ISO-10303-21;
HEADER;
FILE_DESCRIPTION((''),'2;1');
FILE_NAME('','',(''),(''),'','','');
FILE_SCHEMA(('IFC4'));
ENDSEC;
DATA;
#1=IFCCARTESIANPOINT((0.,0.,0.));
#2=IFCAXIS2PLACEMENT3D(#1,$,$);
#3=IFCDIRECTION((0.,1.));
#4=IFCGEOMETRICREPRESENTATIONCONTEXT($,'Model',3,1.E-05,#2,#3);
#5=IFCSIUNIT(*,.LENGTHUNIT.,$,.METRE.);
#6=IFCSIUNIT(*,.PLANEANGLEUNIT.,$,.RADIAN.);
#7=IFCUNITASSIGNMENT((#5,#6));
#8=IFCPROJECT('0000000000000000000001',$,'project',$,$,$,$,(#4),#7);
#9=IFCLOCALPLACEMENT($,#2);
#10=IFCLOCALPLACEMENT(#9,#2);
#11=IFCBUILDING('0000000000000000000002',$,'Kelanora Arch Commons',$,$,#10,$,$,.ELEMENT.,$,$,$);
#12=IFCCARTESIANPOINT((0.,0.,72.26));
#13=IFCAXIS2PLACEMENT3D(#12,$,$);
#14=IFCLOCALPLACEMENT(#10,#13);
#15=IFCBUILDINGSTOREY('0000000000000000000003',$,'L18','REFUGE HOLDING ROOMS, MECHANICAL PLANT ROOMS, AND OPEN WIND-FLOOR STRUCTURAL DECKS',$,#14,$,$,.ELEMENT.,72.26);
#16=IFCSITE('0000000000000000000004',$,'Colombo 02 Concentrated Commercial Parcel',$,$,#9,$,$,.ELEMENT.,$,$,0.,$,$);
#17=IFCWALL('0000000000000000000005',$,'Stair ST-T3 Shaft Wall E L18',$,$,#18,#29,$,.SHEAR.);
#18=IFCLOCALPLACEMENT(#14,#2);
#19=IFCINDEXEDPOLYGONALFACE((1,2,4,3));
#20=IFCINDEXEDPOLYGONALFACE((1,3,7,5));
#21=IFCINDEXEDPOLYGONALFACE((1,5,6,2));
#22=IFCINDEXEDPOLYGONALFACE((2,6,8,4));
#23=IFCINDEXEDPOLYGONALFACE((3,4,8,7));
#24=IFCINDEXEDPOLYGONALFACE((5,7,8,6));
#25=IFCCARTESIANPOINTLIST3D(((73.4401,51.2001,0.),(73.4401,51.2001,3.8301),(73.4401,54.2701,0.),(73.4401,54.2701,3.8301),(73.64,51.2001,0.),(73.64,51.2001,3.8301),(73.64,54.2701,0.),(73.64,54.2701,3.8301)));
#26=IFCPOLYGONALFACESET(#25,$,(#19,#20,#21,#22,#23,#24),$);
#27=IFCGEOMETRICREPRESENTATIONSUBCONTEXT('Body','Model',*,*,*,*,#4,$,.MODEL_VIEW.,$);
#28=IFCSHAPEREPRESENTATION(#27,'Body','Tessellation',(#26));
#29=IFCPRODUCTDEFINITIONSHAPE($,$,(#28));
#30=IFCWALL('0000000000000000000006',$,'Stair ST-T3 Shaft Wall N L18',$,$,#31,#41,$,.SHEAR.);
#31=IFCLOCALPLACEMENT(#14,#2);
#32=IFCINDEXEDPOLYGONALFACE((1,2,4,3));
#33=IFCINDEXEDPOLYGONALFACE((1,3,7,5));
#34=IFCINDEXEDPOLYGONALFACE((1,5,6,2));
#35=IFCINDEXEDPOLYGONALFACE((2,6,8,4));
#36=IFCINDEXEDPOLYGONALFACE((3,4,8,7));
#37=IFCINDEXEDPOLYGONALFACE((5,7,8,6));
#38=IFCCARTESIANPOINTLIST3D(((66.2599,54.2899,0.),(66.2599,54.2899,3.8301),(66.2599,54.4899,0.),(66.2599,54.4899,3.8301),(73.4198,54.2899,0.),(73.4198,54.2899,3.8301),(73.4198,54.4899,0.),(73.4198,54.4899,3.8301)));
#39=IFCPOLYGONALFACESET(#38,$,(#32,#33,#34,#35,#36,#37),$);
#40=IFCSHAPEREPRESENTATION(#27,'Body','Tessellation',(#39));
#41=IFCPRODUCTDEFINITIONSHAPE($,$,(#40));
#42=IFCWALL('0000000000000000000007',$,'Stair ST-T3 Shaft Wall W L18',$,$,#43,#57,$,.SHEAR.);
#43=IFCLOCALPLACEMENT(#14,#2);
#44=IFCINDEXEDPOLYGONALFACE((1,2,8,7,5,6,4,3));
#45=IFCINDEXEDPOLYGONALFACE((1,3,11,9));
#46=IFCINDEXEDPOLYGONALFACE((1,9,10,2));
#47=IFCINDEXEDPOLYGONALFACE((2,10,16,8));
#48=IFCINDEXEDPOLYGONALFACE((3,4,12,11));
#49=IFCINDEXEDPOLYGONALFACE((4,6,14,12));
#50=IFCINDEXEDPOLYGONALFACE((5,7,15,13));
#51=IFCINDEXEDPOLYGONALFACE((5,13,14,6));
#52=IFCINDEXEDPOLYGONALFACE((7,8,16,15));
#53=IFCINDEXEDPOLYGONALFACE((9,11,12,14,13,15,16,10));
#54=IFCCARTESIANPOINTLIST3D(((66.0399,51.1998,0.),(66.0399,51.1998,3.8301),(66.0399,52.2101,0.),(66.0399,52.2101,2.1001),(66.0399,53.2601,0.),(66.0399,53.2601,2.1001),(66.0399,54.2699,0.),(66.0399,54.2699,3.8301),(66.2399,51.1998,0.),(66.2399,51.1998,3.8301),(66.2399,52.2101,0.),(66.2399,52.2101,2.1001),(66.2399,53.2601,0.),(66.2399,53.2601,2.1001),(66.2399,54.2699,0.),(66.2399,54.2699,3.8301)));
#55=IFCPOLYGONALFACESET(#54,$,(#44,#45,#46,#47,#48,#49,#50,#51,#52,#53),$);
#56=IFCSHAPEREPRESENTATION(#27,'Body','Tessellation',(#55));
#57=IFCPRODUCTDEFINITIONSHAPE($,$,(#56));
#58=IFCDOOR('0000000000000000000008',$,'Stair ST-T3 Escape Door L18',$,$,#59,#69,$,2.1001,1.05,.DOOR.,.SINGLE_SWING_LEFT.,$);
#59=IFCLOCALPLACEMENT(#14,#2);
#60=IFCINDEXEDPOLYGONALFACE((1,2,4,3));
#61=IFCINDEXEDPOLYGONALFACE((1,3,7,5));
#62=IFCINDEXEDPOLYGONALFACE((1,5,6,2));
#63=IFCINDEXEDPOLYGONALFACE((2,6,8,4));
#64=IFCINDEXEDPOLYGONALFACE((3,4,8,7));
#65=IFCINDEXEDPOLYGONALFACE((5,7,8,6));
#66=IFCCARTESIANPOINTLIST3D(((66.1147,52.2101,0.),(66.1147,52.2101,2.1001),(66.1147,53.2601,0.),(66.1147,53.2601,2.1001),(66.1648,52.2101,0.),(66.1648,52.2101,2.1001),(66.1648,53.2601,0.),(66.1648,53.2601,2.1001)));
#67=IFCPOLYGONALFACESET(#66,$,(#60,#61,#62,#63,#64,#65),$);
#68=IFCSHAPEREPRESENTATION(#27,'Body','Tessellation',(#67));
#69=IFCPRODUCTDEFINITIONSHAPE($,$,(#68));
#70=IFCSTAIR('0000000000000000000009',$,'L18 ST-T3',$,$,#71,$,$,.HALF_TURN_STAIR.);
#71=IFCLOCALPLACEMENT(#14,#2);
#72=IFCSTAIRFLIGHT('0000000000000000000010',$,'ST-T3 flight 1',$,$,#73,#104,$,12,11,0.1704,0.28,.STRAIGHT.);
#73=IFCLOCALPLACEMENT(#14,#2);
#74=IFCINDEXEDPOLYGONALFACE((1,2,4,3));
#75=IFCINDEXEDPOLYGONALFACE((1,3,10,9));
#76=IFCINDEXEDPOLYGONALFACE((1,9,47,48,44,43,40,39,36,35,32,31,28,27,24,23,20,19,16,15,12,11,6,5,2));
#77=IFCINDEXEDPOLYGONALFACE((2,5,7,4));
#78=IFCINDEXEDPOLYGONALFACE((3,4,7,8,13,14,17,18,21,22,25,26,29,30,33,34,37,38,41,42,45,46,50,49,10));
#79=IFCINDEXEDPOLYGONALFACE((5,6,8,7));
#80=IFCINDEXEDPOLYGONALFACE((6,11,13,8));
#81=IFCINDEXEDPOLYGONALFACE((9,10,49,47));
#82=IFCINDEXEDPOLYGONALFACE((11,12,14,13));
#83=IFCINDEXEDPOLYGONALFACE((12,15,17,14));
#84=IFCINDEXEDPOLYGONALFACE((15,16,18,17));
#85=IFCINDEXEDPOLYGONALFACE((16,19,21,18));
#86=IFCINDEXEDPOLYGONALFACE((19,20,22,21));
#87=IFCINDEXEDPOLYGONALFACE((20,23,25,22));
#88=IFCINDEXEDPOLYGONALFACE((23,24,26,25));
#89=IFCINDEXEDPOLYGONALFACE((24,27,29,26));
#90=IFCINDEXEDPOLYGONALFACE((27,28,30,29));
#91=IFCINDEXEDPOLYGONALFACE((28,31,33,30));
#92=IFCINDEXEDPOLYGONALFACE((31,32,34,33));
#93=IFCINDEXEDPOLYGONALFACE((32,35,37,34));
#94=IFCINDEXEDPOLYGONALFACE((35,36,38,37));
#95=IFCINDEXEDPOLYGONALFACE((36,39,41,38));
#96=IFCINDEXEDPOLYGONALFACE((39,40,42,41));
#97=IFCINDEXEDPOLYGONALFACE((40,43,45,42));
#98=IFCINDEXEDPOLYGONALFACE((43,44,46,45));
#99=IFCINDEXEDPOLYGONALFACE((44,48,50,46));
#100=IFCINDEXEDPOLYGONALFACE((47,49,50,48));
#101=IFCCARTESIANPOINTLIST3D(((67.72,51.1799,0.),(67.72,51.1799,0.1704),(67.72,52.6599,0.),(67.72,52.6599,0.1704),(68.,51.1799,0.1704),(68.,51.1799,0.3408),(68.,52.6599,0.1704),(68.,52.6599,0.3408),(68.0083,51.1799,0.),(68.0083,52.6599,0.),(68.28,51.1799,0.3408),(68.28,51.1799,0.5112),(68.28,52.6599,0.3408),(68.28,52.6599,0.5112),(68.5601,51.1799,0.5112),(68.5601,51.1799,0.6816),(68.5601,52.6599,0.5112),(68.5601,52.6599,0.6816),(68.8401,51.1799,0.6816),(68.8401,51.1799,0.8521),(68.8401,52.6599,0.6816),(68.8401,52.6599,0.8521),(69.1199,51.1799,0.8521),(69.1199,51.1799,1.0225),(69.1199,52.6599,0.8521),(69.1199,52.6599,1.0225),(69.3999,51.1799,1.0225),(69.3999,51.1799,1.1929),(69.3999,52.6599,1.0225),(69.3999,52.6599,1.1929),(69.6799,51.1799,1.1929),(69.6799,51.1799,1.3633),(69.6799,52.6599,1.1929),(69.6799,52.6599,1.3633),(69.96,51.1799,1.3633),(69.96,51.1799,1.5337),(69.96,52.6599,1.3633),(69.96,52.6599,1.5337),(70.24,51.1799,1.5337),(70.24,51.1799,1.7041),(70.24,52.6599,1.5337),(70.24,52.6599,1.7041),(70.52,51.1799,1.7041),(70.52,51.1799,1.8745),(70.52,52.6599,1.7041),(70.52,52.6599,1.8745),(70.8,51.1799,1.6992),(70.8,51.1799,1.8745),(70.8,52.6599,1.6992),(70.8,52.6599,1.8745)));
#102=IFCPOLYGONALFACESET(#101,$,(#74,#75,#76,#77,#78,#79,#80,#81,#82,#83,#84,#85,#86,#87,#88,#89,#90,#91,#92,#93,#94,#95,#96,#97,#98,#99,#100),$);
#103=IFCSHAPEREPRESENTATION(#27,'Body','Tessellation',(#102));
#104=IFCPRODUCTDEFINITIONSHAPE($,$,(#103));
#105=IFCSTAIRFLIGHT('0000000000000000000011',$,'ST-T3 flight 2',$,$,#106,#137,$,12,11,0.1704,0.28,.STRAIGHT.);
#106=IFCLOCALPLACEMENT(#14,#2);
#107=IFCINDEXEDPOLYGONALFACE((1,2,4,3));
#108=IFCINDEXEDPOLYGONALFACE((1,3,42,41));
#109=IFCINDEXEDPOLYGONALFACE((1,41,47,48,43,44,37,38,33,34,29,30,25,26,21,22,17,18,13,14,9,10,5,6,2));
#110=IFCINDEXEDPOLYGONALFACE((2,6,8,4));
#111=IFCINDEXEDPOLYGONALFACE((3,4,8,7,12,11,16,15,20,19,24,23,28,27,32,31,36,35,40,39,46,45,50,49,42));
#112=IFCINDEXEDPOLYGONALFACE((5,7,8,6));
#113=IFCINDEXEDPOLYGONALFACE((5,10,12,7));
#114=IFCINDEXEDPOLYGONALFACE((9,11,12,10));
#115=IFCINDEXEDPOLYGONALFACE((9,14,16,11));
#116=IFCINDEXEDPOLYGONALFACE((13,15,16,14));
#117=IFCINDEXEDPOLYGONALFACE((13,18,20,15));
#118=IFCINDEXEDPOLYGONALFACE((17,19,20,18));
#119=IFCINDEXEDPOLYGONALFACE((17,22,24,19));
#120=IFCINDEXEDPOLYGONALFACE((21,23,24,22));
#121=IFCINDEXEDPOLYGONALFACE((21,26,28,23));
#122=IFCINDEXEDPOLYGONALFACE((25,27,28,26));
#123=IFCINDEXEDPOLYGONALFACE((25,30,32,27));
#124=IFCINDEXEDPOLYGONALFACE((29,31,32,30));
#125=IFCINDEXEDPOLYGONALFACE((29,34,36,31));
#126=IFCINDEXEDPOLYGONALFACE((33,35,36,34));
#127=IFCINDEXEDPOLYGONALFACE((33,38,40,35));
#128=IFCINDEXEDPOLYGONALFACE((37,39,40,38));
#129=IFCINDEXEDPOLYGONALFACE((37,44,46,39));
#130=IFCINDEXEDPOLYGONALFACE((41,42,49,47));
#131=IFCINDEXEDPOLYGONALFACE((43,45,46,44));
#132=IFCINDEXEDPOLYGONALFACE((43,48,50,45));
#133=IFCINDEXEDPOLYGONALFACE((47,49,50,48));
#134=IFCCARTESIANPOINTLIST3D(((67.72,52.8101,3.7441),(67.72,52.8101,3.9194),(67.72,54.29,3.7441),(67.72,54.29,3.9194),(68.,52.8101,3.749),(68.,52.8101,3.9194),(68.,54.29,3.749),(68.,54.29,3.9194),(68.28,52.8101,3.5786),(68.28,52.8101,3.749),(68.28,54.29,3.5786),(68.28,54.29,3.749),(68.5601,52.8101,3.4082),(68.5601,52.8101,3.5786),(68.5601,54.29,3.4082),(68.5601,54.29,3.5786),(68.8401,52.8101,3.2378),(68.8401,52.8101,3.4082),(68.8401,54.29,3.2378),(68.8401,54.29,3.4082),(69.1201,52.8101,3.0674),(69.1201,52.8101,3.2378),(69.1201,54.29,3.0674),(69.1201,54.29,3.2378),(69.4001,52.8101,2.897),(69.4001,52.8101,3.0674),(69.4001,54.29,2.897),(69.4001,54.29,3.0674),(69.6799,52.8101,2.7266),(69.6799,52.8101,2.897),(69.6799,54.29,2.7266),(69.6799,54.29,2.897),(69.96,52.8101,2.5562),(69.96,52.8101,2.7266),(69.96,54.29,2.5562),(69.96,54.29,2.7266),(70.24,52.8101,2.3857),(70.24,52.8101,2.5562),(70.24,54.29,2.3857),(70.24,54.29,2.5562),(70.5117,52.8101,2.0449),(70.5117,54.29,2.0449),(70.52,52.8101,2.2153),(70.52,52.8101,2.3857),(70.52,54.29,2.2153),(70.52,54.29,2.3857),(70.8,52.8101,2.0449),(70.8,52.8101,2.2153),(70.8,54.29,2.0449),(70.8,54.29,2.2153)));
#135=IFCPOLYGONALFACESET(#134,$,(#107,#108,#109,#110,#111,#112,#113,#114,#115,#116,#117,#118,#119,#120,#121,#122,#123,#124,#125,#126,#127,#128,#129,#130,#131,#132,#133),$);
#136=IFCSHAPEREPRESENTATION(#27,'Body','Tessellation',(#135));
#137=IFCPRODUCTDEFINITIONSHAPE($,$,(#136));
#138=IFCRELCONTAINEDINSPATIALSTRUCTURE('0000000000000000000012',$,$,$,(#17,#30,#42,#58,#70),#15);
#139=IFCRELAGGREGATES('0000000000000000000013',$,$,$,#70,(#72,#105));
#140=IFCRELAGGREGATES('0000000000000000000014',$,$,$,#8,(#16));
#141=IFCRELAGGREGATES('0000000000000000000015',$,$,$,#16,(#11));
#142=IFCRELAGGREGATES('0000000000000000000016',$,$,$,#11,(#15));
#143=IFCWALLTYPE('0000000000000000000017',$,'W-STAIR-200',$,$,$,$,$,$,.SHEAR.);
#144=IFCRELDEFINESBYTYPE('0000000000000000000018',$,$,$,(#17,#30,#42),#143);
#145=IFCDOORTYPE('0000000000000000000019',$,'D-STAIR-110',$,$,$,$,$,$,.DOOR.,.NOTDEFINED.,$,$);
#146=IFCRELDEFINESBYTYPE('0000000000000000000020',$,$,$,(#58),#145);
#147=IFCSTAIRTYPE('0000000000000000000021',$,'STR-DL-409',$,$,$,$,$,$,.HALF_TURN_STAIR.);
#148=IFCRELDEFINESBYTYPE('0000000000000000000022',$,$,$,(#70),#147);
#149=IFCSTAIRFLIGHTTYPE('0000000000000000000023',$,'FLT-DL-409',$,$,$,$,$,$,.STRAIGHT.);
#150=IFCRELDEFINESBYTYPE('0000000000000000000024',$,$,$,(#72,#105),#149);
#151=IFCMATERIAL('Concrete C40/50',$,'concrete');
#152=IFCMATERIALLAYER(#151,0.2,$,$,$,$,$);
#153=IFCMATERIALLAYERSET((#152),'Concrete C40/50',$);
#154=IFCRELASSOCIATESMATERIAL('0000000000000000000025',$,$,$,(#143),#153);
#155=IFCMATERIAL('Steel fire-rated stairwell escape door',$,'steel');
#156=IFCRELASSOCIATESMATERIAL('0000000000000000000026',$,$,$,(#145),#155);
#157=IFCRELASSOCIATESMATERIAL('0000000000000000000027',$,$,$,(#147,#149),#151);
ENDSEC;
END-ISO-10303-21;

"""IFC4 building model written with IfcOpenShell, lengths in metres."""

from ifc_helpers import new_model, si_unit, direction, frame, frame_2d, origin, place, context, subcontext, project, spatial, polyline, rectangle, outline, extrude, material, layer, layer_set, type_object, element, fill, aggregate, save


model = new_model("IFC4")

# Units and contexts
model_context = context("Model", 3, precision=1e-05, world=origin(), true_north=direction((0.0, 1.0)))
body_context = subcontext(model_context, "Body", "Model", "MODEL_VIEW")
ifc_project = project(units=[si_unit("LENGTHUNIT", "METRE"), si_unit("PLANEANGLEUNIT", "RADIAN")], contexts=[model_context])

# Site, building, storey
site_placement = place(None, origin())
site = spatial("IfcSite", under=ifc_project, at=site_placement, Name="Colombo 02 Concentrated Commercial Parcel", CompositionType="ELEMENT", RefElevation=0.0)
building_placement = place(site_placement, origin())
building = spatial("IfcBuilding", under=site, at=building_placement, Name="Kelanora Arch Commons", CompositionType="ELEMENT")
storey_placement = place(building_placement, frame((0.0, 0.0, 72.26)))
storey = spatial("IfcBuildingStorey", under=building, at=storey_placement, Name="L18", Description="REFUGE HOLDING ROOMS, MECHANICAL PLANT ROOMS, AND OPEN WIND-FLOOR STRUCTURAL DECKS", CompositionType="ELEMENT", Elevation=72.26)

# Walls
ifc_material_1 = material(Name="Concrete C40/50", Category="concrete")
ifc_layer_1 = layer(ifc_material_1, 0.2)
ifc_layer_set_1 = layer_set([ifc_layer_1], Name="Concrete C40/50")
wall_type_1 = type_object("IfcWallType", Name="W-STAIR-200", PredefinedType="SHEAR", material=ifc_layer_set_1)
wall_1_placement = place(storey_placement, frame((73.54, 51.2, 0.0), z_axis=(0.0, 0.0, 1.0), x_axis=(0.0, 1.0, 0.0)))
element("IfcWall", 1, at=wall_1_placement, inside=storey, type_object=wall_type_1, Name="Stair ST-T3 Shaft Wall E L18", PredefinedType="SHEAR", context=body_context, shape_type="SweptSolid", body=[
    extrude(rectangle(XDim=3.0701, YDim=0.2, at=frame_2d((1.5352, 0.0))), origin(), (0.0, 0.0, 1.0), 3.8301),
])
wall_2_placement = place(storey_placement, frame((73.4199, 54.3899, 0.0), z_axis=(0.0, 0.0, 1.0), x_axis=(-1.0, 0.0, 0.0)))
element("IfcWall", 2, at=wall_2_placement, inside=storey, type_object=wall_type_1, Name="Stair ST-T3 Shaft Wall N L18", PredefinedType="SHEAR", context=body_context, shape_type="SweptSolid", body=[
    extrude(rectangle(XDim=7.1599, YDim=0.2, at=frame_2d((3.5801, 0.0))), origin(), (0.0, 0.0, 1.0), 3.8301),
])

# Wall, opening, door
wall_3_placement = place(storey_placement, frame((66.1399, 54.27, 0.0), z_axis=(0.0, 0.0, 1.0), x_axis=(0.0, -1.0, 0.0)))
wall_3 = element("IfcWall", 3, at=wall_3_placement, inside=storey, type_object=wall_type_1, Name="Stair ST-T3 Shaft Wall W L18", PredefinedType="SHEAR", context=body_context, shape_type="SweptSolid", body=[
    extrude(rectangle(XDim=3.0701, YDim=0.2, at=frame_2d((1.5352, 0.0))), origin(), (0.0, 0.0, 1.0), 3.8301),
])
opening_placement = place(wall_3_placement, frame((1.01, 0.0, 0.0)))
opening = element("IfcOpeningElement", 4, at=opening_placement, cuts=wall_3, PredefinedType="OPENING", context=body_context, shape_type="SweptSolid", body=[
    extrude(rectangle(XDim=1.05, YDim=2.1001, at=frame_2d((0.5249, 1.05))), frame((0.0, 0.1099, 0.0), z_axis=(0.0, -1.0, 0.0), x_axis=(1.0, 0.0, 0.0)), (0.0, 0.0, 1.0), 0.22),
])
ifc_material_2 = material(Name="Steel fire-rated stairwell escape door", Category="steel")
door_type = type_object("IfcDoorType", Name="D-STAIR-110", OperationType="NOTDEFINED", PredefinedType="DOOR", material=ifc_material_2)
door_placement = place(opening_placement, origin())
door = element("IfcDoor", 5, at=door_placement, inside=storey, type_object=door_type, Name="Stair ST-T3 Escape Door L18", OperationType="SINGLE_SWING_LEFT", OverallHeight=2.1001, OverallWidth=1.05, PredefinedType="DOOR", context=body_context, shape_type="SweptSolid", body=[
    extrude(rectangle(XDim=1.05, YDim=2.1001, at=frame_2d((0.5249, 1.05))), frame((0.0, 0.0249, 0.0), z_axis=(0.0, -1.0, 0.0), x_axis=(1.0, 0.0, 0.0)), (0.0, 0.0, 1.0), 0.05),
])
fill(opening, door)

# Stair, stair flights
stair_type = type_object("IfcStairType", Name="STR-DL-409", PredefinedType="HALF_TURN_STAIR", material=ifc_material_1)
stair_placement = place(storey_placement, origin())
stair = element("IfcStair", 6, at=stair_placement, inside=storey, type_object=stair_type, Name="L18 ST-T3", PredefinedType="HALF_TURN_STAIR")
stair_flight_type = type_object("IfcStairFlightType", Name="FLT-DL-409", PredefinedType="STRAIGHT", material=ifc_material_1)
stair_flight_1_placement = place(storey_placement, frame((67.72, 51.9199, 0.0), z_axis=(0.0, 0.0, 1.0), x_axis=(1.0, 0.0, 0.0)))
stair_flight_1 = element("IfcStairFlight", 7, at=stair_flight_1_placement, type_object=stair_flight_type, Name="ST-T3 flight 1", NumberOfRisers=12, NumberOfTreads=11, PredefinedType="STRAIGHT", RiserHeight=0.1704, TreadLength=0.28, context=body_context, shape_type="SweptSolid", body=[
    extrude(outline(polyline([(0.0, 0.0), (0.0, 0.1704), (0.28, 0.1704), (0.28, 0.3408), (0.5601, 0.3408), (0.5601, 0.5112), (0.8401, 0.5112), (0.8401, 0.6816), (1.1201, 0.6816), (1.1201, 0.8521), (1.3999, 0.8521), (1.3999, 1.0225), (1.6799, 1.0225), (1.6799, 1.1929), (1.96, 1.1929), (1.96, 1.3633), (2.24, 1.3633), (2.24, 1.5337), (2.52, 1.5337), (2.52, 1.7041), (2.8, 1.7041), (2.8, 1.8745), (3.0801, 1.8745), (3.0801, 2.0449), (3.0801, 1.6992), (0.2883, 0.0), (0.0, 0.0)])), frame((0.0, 0.74, 0.0), z_axis=(0.0, -1.0, 0.0), x_axis=(1.0, 0.0, 0.0)), (0.0, 0.0, 1.0), 1.48),
])
stair_flight_2_placement = place(storey_placement, frame((70.8, 53.55, 2.0449), z_axis=(0.0, 0.0, 1.0), x_axis=(-1.0, 0.0, 0.0)))
stair_flight_2 = element("IfcStairFlight", 8, at=stair_flight_2_placement, type_object=stair_flight_type, Name="ST-T3 flight 2", NumberOfRisers=12, NumberOfTreads=11, PredefinedType="STRAIGHT", RiserHeight=0.1704, TreadLength=0.28, context=body_context, shape_type="SweptSolid", body=[
    extrude(outline(polyline([(0.0, 0.0), (0.0, 0.1704), (0.28, 0.1704), (0.28, 0.3408), (0.5601, 0.3408), (0.5601, 0.5112), (0.8401, 0.5112), (0.8401, 0.6816), (1.1201, 0.6816), (1.1201, 0.8521), (1.3999, 0.8521), (1.3999, 1.0225), (1.6799, 1.0225), (1.6799, 1.1929), (1.96, 1.1929), (1.96, 1.3633), (2.24, 1.3633), (2.24, 1.5337), (2.52, 1.5337), (2.52, 1.7041), (2.8, 1.7041), (2.8, 1.8745), (3.0801, 1.8745), (3.0801, 2.0449), (3.0801, 1.6992), (0.2883, 0.0), (0.0, 0.0)])), frame((0.0, 0.74, 0.0), z_axis=(0.0, -1.0, 0.0), x_axis=(1.0, 0.0, 0.0)), (0.0, 0.0, 1.0), 1.48),
])
aggregate(stair, [stair_flight_1, stair_flight_2])

save(model, "model.ifc")
